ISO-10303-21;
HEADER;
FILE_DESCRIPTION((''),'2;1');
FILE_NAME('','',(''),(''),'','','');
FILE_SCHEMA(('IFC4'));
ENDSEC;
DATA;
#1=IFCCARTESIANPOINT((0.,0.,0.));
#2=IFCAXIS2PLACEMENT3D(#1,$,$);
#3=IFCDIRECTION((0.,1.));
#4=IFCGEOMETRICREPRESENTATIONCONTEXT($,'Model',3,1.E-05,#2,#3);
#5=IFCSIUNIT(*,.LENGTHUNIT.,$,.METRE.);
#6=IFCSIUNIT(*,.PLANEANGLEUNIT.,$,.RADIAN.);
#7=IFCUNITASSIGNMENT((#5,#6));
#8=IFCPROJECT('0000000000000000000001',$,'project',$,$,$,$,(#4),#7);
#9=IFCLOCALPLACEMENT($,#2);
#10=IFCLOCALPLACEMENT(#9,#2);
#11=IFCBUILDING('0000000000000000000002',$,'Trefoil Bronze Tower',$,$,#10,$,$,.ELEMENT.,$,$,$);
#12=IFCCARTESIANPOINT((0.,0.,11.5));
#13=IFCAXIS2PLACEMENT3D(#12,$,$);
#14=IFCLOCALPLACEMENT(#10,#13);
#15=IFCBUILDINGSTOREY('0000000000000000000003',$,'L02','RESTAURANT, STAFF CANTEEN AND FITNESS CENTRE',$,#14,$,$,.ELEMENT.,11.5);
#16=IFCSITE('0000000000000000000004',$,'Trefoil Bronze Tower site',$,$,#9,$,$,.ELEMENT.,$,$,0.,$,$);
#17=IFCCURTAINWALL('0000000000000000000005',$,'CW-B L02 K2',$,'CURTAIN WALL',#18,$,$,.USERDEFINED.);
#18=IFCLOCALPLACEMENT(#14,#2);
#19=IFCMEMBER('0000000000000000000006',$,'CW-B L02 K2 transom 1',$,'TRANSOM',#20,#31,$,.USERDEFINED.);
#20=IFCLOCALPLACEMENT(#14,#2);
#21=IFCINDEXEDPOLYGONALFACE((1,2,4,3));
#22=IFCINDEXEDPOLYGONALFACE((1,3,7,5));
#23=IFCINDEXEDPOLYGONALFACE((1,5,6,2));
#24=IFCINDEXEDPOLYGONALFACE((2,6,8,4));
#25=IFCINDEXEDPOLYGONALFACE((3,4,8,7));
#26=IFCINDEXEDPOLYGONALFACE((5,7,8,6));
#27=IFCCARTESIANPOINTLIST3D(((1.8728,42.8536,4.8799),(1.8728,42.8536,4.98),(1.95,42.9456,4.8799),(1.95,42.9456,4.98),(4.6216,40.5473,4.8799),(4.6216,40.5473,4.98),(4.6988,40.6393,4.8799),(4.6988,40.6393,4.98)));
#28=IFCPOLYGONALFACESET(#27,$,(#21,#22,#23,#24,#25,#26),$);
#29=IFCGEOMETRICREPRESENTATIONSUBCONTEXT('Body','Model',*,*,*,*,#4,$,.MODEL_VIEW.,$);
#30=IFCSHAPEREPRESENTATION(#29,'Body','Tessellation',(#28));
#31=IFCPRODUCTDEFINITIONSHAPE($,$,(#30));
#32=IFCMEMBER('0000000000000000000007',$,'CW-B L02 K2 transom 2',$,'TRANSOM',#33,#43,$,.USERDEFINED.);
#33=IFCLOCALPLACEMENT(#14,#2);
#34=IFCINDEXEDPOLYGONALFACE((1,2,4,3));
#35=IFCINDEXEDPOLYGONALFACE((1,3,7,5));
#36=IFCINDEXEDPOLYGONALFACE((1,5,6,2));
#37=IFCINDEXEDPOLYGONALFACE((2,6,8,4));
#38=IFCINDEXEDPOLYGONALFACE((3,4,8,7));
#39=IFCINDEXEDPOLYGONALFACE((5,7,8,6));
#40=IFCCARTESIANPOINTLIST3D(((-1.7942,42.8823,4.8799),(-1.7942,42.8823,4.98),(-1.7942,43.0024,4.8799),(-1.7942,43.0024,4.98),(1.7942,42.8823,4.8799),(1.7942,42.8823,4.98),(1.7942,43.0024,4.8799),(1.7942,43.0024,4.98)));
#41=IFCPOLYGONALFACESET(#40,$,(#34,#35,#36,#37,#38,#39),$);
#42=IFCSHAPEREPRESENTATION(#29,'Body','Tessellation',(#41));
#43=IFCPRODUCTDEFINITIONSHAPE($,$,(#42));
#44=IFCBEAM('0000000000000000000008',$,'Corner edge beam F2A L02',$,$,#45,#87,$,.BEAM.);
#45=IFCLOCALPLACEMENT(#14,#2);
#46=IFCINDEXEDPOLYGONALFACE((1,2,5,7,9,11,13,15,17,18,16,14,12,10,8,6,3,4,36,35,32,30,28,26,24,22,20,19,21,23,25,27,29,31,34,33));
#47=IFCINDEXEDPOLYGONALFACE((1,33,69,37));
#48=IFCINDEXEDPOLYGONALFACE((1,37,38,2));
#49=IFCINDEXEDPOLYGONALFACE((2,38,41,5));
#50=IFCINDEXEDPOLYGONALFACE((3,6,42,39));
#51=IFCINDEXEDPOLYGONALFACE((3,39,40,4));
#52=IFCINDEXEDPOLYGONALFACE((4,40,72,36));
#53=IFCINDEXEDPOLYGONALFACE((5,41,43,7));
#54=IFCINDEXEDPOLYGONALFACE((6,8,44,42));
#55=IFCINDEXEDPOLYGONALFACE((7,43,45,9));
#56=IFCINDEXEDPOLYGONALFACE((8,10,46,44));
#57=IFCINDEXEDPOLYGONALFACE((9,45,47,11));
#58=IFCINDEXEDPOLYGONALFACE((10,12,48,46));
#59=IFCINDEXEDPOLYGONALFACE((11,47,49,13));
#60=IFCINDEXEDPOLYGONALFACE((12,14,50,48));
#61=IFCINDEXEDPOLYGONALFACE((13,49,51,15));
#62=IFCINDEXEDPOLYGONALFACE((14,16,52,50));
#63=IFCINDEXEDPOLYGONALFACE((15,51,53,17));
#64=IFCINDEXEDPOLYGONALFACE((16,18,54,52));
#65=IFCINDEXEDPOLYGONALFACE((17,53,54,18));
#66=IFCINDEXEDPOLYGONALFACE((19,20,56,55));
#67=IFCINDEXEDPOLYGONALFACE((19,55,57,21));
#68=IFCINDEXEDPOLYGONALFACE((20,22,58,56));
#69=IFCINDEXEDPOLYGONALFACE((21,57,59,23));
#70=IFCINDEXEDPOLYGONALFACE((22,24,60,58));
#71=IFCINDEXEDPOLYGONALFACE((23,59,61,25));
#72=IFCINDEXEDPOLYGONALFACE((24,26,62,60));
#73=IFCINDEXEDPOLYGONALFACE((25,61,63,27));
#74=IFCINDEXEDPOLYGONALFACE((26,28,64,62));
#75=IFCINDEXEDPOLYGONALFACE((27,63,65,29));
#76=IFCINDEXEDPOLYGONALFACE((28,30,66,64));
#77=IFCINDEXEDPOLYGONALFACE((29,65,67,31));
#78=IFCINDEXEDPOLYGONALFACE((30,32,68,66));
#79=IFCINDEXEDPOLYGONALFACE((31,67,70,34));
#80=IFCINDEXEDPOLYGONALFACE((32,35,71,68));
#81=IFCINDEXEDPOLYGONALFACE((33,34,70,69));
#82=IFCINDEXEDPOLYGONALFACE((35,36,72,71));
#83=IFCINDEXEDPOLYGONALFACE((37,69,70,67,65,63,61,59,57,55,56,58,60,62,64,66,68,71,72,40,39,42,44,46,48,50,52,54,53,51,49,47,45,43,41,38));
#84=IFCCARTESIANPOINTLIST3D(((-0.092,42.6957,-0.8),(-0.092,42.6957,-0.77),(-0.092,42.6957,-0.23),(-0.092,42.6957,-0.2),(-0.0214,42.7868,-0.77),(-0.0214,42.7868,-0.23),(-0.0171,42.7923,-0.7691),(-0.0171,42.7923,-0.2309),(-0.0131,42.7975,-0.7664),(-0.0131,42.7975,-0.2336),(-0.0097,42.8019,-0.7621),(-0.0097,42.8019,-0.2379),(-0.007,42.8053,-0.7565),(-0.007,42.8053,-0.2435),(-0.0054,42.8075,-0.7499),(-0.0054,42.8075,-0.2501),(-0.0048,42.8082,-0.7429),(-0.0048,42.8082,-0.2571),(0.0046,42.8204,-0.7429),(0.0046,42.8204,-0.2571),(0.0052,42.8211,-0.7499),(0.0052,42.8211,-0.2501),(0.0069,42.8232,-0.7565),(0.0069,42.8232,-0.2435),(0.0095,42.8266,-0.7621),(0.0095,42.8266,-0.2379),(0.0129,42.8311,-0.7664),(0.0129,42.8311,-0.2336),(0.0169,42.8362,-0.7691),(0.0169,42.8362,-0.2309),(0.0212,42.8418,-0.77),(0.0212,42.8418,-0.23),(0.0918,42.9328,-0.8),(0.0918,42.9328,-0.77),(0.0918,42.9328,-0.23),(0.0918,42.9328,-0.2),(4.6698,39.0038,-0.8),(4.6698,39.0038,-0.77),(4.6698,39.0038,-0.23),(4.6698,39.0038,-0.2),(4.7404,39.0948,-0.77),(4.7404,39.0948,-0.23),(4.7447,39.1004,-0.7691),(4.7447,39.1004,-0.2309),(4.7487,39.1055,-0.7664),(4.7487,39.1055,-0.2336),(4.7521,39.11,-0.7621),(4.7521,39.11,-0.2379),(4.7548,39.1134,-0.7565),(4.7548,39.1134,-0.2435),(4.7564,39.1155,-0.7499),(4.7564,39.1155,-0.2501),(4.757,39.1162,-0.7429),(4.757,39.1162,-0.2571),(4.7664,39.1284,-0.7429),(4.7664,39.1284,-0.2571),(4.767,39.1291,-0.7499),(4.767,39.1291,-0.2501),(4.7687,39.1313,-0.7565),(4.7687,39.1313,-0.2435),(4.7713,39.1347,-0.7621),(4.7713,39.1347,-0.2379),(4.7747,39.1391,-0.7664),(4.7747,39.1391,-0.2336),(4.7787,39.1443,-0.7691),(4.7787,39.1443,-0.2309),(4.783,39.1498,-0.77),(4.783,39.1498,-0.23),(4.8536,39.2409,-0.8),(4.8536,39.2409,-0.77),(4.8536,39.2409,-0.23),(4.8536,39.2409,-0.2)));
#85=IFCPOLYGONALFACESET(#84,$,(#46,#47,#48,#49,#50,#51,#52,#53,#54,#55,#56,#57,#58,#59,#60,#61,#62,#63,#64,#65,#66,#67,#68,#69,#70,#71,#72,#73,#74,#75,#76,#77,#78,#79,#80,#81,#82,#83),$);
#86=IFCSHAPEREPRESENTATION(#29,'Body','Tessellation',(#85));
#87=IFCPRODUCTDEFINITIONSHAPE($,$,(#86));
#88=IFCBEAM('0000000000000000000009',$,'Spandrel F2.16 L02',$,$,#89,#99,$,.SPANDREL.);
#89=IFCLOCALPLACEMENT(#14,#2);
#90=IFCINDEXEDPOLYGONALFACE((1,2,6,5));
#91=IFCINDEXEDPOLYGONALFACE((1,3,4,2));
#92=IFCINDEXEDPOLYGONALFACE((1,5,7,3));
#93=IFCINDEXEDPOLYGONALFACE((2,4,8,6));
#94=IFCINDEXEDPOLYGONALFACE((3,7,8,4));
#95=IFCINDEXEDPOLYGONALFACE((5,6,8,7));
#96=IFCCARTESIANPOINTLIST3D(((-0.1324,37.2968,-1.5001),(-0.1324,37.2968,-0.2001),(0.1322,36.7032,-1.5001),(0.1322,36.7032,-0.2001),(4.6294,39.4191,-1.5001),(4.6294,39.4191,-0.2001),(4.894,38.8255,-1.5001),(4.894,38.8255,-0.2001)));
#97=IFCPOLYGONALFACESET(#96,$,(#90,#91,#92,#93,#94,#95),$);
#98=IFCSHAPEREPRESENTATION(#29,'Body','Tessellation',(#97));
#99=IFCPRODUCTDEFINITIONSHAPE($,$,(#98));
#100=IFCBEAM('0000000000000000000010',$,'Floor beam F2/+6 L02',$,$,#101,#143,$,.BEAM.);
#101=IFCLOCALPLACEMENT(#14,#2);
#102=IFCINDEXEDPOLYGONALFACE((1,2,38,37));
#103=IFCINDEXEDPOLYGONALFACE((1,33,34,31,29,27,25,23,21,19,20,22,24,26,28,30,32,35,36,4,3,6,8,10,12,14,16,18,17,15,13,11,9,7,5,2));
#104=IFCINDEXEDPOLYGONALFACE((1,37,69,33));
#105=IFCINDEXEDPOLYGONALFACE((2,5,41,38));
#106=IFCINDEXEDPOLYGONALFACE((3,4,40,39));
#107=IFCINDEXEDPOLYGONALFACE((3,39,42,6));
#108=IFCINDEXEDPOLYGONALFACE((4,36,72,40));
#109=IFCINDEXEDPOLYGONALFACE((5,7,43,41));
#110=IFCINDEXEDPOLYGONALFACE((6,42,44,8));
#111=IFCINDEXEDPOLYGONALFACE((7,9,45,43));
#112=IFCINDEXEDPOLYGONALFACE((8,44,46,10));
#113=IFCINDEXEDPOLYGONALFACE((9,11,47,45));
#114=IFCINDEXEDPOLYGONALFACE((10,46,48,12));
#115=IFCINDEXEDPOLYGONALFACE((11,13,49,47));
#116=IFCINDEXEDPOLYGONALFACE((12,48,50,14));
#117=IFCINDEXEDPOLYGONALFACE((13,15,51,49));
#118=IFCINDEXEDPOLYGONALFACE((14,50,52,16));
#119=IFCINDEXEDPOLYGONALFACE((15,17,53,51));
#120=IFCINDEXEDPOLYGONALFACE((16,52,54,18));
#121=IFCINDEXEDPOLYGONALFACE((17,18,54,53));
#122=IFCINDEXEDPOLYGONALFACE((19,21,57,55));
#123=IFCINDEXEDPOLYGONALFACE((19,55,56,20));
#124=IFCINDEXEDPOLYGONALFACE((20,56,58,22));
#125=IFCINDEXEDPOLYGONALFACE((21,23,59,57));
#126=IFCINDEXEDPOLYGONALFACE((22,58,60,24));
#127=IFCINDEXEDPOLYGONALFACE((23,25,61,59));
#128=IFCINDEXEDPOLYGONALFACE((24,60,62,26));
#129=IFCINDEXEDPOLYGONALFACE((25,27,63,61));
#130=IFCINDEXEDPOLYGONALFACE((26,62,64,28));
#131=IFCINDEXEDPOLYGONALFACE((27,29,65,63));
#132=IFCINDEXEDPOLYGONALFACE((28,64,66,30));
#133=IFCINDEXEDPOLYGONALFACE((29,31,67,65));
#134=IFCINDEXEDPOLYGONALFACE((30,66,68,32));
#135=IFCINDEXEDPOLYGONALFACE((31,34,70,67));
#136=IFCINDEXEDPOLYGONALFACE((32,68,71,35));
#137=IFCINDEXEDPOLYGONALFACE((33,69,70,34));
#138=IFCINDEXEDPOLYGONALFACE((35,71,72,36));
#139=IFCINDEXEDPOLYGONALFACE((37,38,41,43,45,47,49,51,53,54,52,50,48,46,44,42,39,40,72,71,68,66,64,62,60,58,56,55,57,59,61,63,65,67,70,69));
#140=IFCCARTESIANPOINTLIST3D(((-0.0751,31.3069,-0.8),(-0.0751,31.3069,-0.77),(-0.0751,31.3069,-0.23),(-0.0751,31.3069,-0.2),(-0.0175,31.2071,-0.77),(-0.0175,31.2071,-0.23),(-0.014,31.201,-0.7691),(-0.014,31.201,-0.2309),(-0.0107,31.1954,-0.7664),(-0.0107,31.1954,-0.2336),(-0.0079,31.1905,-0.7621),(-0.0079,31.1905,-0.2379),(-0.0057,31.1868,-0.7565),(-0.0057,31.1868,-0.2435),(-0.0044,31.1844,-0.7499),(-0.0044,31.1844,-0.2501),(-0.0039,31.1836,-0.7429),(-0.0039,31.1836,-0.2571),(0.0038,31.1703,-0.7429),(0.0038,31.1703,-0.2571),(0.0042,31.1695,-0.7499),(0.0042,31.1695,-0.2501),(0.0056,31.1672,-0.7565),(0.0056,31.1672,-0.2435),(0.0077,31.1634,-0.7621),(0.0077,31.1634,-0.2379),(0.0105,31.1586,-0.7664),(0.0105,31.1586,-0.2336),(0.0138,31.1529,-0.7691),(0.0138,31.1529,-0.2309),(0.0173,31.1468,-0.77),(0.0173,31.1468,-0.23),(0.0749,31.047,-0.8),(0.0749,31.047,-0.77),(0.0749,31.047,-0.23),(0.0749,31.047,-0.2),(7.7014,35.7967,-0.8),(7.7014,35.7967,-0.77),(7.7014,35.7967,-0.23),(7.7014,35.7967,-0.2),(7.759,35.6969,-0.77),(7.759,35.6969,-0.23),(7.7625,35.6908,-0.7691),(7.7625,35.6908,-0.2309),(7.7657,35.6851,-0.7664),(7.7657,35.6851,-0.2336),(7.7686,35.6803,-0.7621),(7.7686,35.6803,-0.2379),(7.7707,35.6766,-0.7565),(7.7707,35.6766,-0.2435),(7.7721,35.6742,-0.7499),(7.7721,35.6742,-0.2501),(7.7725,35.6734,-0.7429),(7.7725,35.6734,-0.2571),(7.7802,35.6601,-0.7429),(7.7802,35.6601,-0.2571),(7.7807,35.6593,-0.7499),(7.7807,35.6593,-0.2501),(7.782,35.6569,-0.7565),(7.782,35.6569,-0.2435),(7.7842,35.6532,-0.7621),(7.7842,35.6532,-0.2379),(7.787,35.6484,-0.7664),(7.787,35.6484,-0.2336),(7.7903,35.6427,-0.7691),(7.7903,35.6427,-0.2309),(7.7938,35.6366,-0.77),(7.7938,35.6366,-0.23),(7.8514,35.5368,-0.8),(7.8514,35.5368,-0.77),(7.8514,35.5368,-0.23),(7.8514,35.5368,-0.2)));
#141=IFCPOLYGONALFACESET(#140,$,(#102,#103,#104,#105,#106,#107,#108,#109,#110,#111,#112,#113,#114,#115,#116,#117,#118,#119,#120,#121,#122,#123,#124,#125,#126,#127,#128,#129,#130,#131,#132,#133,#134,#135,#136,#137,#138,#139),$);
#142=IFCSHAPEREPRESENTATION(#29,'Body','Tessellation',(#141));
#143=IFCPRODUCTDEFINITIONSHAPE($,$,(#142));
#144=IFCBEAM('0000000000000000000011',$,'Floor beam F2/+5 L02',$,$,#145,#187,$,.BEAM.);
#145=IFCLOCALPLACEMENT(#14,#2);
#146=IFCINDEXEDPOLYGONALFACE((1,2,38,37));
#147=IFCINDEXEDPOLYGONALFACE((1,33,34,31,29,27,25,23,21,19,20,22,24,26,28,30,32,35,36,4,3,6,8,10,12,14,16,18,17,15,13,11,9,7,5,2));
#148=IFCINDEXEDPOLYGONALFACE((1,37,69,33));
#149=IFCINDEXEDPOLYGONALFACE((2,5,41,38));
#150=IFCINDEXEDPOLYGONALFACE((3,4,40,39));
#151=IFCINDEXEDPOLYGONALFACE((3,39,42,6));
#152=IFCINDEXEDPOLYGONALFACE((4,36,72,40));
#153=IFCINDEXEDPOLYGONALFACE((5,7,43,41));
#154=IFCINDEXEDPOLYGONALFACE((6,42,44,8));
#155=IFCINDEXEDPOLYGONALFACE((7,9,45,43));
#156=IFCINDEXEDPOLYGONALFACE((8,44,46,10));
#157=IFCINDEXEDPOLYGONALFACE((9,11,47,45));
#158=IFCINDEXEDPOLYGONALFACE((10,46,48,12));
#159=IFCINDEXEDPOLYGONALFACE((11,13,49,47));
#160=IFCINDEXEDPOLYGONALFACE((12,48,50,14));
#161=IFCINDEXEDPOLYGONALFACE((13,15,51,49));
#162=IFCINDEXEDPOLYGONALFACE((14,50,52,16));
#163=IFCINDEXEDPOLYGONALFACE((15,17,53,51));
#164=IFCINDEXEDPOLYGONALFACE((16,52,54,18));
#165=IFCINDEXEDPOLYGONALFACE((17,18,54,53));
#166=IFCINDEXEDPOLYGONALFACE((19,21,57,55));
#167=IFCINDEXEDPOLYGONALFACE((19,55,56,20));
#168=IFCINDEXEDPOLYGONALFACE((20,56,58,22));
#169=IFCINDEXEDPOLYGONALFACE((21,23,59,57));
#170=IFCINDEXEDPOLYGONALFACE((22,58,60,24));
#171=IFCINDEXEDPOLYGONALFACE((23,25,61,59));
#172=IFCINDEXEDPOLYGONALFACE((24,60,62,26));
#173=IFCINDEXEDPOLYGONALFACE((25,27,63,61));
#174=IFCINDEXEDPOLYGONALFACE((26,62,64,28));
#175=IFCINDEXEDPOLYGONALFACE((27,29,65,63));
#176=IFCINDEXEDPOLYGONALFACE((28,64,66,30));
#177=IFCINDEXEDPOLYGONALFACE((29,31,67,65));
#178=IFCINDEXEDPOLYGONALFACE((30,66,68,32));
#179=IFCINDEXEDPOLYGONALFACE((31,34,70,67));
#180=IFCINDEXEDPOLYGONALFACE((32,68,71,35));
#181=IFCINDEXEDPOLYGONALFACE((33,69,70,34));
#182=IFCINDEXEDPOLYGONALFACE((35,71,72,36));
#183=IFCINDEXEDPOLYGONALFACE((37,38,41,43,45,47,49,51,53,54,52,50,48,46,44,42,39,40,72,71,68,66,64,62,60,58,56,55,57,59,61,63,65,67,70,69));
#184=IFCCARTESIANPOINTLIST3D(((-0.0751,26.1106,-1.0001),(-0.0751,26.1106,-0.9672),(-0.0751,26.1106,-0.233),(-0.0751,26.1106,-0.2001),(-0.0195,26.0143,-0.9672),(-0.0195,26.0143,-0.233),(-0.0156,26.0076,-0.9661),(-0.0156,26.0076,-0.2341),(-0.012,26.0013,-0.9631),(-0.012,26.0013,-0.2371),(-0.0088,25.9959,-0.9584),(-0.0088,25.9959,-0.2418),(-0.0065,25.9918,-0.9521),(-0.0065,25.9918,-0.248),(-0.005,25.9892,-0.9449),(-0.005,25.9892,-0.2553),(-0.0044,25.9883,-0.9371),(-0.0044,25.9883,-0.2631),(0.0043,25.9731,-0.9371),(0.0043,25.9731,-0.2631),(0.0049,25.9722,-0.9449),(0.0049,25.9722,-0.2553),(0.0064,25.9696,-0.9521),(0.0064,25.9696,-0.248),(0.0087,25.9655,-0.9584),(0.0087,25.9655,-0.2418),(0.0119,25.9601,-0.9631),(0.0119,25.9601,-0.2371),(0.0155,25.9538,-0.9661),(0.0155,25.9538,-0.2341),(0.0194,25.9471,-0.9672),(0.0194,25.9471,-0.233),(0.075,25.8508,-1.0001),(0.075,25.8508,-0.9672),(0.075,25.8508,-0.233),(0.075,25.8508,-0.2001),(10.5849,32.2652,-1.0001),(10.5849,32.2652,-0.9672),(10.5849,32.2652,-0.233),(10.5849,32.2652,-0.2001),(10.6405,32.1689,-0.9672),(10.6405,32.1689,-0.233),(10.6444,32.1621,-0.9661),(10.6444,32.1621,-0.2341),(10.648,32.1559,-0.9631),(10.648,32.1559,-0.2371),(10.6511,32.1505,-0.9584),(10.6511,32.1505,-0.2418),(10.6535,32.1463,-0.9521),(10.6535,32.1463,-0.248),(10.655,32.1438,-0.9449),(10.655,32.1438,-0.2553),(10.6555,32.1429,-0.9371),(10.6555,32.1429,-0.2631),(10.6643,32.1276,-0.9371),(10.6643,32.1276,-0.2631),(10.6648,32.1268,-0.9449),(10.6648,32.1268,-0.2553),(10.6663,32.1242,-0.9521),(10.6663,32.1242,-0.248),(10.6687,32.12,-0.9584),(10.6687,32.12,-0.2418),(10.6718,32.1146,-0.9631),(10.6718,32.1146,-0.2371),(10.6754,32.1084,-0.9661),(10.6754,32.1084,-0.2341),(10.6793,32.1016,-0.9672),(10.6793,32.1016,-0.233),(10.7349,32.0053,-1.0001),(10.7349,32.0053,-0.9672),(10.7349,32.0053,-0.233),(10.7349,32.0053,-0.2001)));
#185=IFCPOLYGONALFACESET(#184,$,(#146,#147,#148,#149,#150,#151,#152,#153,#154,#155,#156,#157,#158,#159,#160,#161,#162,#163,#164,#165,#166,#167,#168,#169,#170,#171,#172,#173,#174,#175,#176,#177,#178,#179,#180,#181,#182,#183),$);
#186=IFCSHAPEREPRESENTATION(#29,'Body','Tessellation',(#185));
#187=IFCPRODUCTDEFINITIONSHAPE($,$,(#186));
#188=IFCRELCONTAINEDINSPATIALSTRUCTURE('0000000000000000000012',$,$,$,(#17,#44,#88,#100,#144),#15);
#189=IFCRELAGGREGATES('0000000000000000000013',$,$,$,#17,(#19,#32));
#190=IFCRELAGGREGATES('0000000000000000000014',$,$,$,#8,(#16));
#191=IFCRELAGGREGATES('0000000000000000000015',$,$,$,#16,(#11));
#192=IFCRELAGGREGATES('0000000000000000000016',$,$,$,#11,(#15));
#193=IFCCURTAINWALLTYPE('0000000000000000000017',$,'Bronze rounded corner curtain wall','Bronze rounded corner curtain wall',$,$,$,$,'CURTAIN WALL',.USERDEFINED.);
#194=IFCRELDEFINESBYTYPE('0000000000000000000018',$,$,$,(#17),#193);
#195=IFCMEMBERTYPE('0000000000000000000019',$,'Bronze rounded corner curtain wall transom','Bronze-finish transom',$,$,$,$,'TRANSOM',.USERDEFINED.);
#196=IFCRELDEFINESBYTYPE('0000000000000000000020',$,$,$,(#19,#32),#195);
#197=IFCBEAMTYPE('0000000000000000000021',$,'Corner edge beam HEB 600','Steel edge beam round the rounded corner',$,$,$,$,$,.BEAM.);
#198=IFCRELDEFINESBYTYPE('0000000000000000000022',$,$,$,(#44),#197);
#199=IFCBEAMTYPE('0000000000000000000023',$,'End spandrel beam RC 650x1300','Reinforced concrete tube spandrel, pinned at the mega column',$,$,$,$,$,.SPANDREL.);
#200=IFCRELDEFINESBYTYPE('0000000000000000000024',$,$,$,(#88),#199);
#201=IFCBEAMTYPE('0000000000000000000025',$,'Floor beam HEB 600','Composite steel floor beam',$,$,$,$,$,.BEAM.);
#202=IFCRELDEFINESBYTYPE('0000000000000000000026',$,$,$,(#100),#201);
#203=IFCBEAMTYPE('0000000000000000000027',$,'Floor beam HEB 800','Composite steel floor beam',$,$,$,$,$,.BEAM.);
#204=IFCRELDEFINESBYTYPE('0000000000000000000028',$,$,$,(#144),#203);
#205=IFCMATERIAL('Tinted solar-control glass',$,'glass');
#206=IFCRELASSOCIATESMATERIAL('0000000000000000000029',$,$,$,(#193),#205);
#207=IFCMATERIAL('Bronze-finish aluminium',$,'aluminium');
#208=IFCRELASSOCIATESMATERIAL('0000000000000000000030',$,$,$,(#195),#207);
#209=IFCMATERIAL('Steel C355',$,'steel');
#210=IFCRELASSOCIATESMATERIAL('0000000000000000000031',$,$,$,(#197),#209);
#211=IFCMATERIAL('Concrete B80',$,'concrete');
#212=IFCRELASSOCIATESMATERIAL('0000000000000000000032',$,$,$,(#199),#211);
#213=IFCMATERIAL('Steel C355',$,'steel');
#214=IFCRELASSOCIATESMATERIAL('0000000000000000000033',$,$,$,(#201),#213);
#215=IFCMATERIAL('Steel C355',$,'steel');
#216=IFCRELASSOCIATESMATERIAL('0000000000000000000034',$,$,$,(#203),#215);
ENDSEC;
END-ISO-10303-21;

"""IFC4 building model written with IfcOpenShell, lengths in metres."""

from ifc_helpers import new_model, si_unit, direction, frame, origin, origin_2d, place, context, subcontext, project, spatial, rectangle, i_section, extrude, material, material_profile, profile_set, type_object, element, aggregate, save


model = new_model("IFC4")

# Units and contexts
model_context = context("Model", 3, precision=1e-05, world=origin(), true_north=direction((0.0, 1.0)))
body_context = subcontext(model_context, "Body", "Model", "MODEL_VIEW")
ifc_project = project(units=[si_unit("LENGTHUNIT", "METRE"), si_unit("PLANEANGLEUNIT", "RADIAN")], contexts=[model_context])

# Site, building, storey
site_placement = place(None, origin())
site = spatial("IfcSite", under=ifc_project, at=site_placement, Name="Trefoil Bronze Tower site", CompositionType="ELEMENT", RefElevation=0.0)
building_placement = place(site_placement, origin())
building = spatial("IfcBuilding", under=site, at=building_placement, Name="Trefoil Bronze Tower", CompositionType="ELEMENT")
storey_placement = place(building_placement, frame((0.0, 0.0, 11.5)))
storey = spatial("IfcBuildingStorey", under=building, at=storey_placement, Name="L02", Description="RESTAURANT, STAFF CANTEEN AND FITNESS CENTRE", CompositionType="ELEMENT", Elevation=11.5)

# Curtain wall, members
ifc_material_1 = material(Name="Tinted solar-control glass", Category="glass")
curtain_wall_type_1 = type_object("IfcCurtainWallType", Name="Bronze rounded corner curtain wall", Description="Bronze rounded corner curtain wall", ElementType="CURTAIN WALL", PredefinedType="USERDEFINED", material=ifc_material_1)
curtain_wall_1_placement = place(storey_placement, origin())
curtain_wall_1 = element("IfcCurtainWall", 1, at=curtain_wall_1_placement, inside=storey, type_object=curtain_wall_type_1, Name="CW-B L02 K2", ObjectType="CURTAIN WALL", PredefinedType="USERDEFINED")
ifc_material_2 = material(Name="Bronze-finish aluminium", Category="aluminium")
ifc_material_profile_1 = material_profile(ifc_material_2, rectangle(XDim=0.1201, YDim=0.1001, at=origin_2d()), Name="CW-B transom")
ifc_profile_set_1 = profile_set([ifc_material_profile_1], Name="Bronze-finish aluminium")
member_type_1 = type_object("IfcMemberType", Name="Bronze rounded corner curtain wall transom", Description="Bronze-finish transom", ElementType="TRANSOM", PredefinedType="USERDEFINED", material=ifc_profile_set_1)
member_1_placement = place(storey_placement, frame((4.6602, 40.5933, 4.9299), z_axis=(-0.766059, 0.642771, 0.0), x_axis=(-0.642771, -0.766059, 0.0)))
member_1 = element("IfcMember", 2, at=member_1_placement, type_object=member_type_1, Name="CW-B L02 K2 transom 1", ObjectType="TRANSOM", PredefinedType="USERDEFINED", context=body_context, shape_type="SweptSolid", body=[
    extrude(rectangle(XDim=0.1201, YDim=0.1001, at=origin_2d()), origin(), (0.0, 0.0, 1.0), 3.5881),
])
member_2_placement = place(storey_placement, frame((1.7942, 42.9424, 4.9299), z_axis=(-1.0, 0.0, 0.0), x_axis=(0.0, -1.0, 0.0)))
member_2 = element("IfcMember", 3, at=member_2_placement, type_object=member_type_1, Name="CW-B L02 K2 transom 2", ObjectType="TRANSOM", PredefinedType="USERDEFINED", context=body_context, shape_type="SweptSolid", body=[
    extrude(rectangle(XDim=0.1201, YDim=0.1001, at=origin_2d()), origin(), (0.0, 0.0, 1.0), 3.5884),
])

# Beams
ifc_material_3 = material(Name="Steel C355", Category="steel")
ifc_material_profile_2 = material_profile(ifc_material_3, i_section(OverallWidth=0.3, OverallDepth=0.6001, WebThickness=0.0154, FlangeThickness=0.03, FilletRadius=0.0271, at=origin_2d()), Name="HEB 600")
ifc_profile_set_2 = profile_set([ifc_material_profile_2], Name="Steel C355")
beam_type_1 = type_object("IfcBeamType", Name="Corner edge beam HEB 600", Description="Steel edge beam round the rounded corner", PredefinedType="BEAM", material=ifc_profile_set_2)
beam_1_placement = place(storey_placement, frame((4.7617, 39.1223, -0.5), z_axis=(-0.790289, 0.612734, 0.0), x_axis=(-0.612734, -0.790289, 0.0)))
element("IfcBeam", 4, at=beam_1_placement, inside=storey, type_object=beam_type_1, Name="Corner edge beam F2A L02", PredefinedType="BEAM", context=body_context, shape_type="SweptSolid", body=[
    extrude(i_section(OverallWidth=0.3, OverallDepth=0.6001, WebThickness=0.0154, FlangeThickness=0.03, FilletRadius=0.0271, at=origin_2d()), origin(), (0.0, 0.0, 1.0), 6.0254),
])
ifc_material_4 = material(Name="Concrete B80", Category="concrete")
ifc_material_profile_3 = material_profile(ifc_material_4, rectangle(XDim=0.6499, YDim=1.3, at=origin_2d()), Name="RC 650x1300")
ifc_profile_set_3 = profile_set([ifc_material_profile_3], Name="Concrete B80")
beam_type_2 = type_object("IfcBeamType", Name="End spandrel beam RC 650x1300", Description="Reinforced concrete tube spandrel, pinned at the mega column", PredefinedType="SPANDREL", material=ifc_profile_set_3)
beam_2_placement = place(storey_placement, frame((4.7617, 39.1223, -0.8501), z_axis=(-0.913384, -0.407099, 0.0), x_axis=(0.407099, -0.913384, 0.0)))
element("IfcBeam", 5, at=beam_2_placement, inside=storey, type_object=beam_type_2, Name="Spandrel F2.16 L02", PredefinedType="SPANDREL", context=body_context, shape_type="SweptSolid", body=[
    extrude(rectangle(XDim=0.6499, YDim=1.3, at=origin_2d()), origin(), (0.0, 0.0, 1.0), 5.2134),
])
ifc_material_5 = material(Name="Steel C355", Category="steel")
ifc_material_profile_4 = material_profile(ifc_material_5, i_section(OverallWidth=0.3, OverallDepth=0.6001, WebThickness=0.0154, FlangeThickness=0.03, FilletRadius=0.0271, at=origin_2d()), Name="HEB 600")
ifc_profile_set_4 = profile_set([ifc_material_profile_4], Name="Steel C355")
beam_type_3 = type_object("IfcBeamType", Name="Floor beam HEB 600", Description="Composite steel floor beam", PredefinedType="BEAM", material=ifc_profile_set_4)
beam_3_placement = place(storey_placement, frame((7.7764, 35.6667, -0.5), z_axis=(-0.866023, -0.500005, 0.0), x_axis=(0.500005, -0.866023, 0.0)))
element("IfcBeam", 6, at=beam_3_placement, inside=storey, type_object=beam_type_3, Name="Floor beam F2/+6 L02", PredefinedType="BEAM", context=body_context, shape_type="SweptSolid", body=[
    extrude(i_section(OverallWidth=0.3, OverallDepth=0.6001, WebThickness=0.0154, FlangeThickness=0.03, FilletRadius=0.0271, at=origin_2d()), origin(), (0.0, 0.0, 1.0), 8.9795),
])
ifc_material_6 = material(Name="Steel C355", Category="steel")
ifc_material_profile_5 = material_profile(ifc_material_6, i_section(OverallWidth=0.3, OverallDepth=0.8, WebThickness=0.0176, FlangeThickness=0.033, FilletRadius=0.03, at=origin_2d()), Name="HEB 800")
ifc_profile_set_5 = profile_set([ifc_material_profile_5], Name="Steel C355")
beam_type_4 = type_object("IfcBeamType", Name="Floor beam HEB 800", Description="Composite steel floor beam", PredefinedType="BEAM", material=ifc_profile_set_5)
beam_4_placement = place(storey_placement, frame((10.6599, 32.1353, -0.6001), z_axis=(-0.866024, -0.500002, 0.0), x_axis=(0.500002, -0.866024, 0.0)))
element("IfcBeam", 7, at=beam_4_placement, inside=storey, type_object=beam_type_4, Name="Floor beam F2/+5 L02", PredefinedType="BEAM", context=body_context, shape_type="SweptSolid", body=[
    extrude(i_section(OverallWidth=0.3, OverallDepth=0.8, WebThickness=0.0176, FlangeThickness=0.033, FilletRadius=0.03, at=origin_2d()), origin(), (0.0, 0.0, 1.0), 12.3091),
])

aggregate(curtain_wall_1, [member_1, member_2])

save(model, "model.ifc")
